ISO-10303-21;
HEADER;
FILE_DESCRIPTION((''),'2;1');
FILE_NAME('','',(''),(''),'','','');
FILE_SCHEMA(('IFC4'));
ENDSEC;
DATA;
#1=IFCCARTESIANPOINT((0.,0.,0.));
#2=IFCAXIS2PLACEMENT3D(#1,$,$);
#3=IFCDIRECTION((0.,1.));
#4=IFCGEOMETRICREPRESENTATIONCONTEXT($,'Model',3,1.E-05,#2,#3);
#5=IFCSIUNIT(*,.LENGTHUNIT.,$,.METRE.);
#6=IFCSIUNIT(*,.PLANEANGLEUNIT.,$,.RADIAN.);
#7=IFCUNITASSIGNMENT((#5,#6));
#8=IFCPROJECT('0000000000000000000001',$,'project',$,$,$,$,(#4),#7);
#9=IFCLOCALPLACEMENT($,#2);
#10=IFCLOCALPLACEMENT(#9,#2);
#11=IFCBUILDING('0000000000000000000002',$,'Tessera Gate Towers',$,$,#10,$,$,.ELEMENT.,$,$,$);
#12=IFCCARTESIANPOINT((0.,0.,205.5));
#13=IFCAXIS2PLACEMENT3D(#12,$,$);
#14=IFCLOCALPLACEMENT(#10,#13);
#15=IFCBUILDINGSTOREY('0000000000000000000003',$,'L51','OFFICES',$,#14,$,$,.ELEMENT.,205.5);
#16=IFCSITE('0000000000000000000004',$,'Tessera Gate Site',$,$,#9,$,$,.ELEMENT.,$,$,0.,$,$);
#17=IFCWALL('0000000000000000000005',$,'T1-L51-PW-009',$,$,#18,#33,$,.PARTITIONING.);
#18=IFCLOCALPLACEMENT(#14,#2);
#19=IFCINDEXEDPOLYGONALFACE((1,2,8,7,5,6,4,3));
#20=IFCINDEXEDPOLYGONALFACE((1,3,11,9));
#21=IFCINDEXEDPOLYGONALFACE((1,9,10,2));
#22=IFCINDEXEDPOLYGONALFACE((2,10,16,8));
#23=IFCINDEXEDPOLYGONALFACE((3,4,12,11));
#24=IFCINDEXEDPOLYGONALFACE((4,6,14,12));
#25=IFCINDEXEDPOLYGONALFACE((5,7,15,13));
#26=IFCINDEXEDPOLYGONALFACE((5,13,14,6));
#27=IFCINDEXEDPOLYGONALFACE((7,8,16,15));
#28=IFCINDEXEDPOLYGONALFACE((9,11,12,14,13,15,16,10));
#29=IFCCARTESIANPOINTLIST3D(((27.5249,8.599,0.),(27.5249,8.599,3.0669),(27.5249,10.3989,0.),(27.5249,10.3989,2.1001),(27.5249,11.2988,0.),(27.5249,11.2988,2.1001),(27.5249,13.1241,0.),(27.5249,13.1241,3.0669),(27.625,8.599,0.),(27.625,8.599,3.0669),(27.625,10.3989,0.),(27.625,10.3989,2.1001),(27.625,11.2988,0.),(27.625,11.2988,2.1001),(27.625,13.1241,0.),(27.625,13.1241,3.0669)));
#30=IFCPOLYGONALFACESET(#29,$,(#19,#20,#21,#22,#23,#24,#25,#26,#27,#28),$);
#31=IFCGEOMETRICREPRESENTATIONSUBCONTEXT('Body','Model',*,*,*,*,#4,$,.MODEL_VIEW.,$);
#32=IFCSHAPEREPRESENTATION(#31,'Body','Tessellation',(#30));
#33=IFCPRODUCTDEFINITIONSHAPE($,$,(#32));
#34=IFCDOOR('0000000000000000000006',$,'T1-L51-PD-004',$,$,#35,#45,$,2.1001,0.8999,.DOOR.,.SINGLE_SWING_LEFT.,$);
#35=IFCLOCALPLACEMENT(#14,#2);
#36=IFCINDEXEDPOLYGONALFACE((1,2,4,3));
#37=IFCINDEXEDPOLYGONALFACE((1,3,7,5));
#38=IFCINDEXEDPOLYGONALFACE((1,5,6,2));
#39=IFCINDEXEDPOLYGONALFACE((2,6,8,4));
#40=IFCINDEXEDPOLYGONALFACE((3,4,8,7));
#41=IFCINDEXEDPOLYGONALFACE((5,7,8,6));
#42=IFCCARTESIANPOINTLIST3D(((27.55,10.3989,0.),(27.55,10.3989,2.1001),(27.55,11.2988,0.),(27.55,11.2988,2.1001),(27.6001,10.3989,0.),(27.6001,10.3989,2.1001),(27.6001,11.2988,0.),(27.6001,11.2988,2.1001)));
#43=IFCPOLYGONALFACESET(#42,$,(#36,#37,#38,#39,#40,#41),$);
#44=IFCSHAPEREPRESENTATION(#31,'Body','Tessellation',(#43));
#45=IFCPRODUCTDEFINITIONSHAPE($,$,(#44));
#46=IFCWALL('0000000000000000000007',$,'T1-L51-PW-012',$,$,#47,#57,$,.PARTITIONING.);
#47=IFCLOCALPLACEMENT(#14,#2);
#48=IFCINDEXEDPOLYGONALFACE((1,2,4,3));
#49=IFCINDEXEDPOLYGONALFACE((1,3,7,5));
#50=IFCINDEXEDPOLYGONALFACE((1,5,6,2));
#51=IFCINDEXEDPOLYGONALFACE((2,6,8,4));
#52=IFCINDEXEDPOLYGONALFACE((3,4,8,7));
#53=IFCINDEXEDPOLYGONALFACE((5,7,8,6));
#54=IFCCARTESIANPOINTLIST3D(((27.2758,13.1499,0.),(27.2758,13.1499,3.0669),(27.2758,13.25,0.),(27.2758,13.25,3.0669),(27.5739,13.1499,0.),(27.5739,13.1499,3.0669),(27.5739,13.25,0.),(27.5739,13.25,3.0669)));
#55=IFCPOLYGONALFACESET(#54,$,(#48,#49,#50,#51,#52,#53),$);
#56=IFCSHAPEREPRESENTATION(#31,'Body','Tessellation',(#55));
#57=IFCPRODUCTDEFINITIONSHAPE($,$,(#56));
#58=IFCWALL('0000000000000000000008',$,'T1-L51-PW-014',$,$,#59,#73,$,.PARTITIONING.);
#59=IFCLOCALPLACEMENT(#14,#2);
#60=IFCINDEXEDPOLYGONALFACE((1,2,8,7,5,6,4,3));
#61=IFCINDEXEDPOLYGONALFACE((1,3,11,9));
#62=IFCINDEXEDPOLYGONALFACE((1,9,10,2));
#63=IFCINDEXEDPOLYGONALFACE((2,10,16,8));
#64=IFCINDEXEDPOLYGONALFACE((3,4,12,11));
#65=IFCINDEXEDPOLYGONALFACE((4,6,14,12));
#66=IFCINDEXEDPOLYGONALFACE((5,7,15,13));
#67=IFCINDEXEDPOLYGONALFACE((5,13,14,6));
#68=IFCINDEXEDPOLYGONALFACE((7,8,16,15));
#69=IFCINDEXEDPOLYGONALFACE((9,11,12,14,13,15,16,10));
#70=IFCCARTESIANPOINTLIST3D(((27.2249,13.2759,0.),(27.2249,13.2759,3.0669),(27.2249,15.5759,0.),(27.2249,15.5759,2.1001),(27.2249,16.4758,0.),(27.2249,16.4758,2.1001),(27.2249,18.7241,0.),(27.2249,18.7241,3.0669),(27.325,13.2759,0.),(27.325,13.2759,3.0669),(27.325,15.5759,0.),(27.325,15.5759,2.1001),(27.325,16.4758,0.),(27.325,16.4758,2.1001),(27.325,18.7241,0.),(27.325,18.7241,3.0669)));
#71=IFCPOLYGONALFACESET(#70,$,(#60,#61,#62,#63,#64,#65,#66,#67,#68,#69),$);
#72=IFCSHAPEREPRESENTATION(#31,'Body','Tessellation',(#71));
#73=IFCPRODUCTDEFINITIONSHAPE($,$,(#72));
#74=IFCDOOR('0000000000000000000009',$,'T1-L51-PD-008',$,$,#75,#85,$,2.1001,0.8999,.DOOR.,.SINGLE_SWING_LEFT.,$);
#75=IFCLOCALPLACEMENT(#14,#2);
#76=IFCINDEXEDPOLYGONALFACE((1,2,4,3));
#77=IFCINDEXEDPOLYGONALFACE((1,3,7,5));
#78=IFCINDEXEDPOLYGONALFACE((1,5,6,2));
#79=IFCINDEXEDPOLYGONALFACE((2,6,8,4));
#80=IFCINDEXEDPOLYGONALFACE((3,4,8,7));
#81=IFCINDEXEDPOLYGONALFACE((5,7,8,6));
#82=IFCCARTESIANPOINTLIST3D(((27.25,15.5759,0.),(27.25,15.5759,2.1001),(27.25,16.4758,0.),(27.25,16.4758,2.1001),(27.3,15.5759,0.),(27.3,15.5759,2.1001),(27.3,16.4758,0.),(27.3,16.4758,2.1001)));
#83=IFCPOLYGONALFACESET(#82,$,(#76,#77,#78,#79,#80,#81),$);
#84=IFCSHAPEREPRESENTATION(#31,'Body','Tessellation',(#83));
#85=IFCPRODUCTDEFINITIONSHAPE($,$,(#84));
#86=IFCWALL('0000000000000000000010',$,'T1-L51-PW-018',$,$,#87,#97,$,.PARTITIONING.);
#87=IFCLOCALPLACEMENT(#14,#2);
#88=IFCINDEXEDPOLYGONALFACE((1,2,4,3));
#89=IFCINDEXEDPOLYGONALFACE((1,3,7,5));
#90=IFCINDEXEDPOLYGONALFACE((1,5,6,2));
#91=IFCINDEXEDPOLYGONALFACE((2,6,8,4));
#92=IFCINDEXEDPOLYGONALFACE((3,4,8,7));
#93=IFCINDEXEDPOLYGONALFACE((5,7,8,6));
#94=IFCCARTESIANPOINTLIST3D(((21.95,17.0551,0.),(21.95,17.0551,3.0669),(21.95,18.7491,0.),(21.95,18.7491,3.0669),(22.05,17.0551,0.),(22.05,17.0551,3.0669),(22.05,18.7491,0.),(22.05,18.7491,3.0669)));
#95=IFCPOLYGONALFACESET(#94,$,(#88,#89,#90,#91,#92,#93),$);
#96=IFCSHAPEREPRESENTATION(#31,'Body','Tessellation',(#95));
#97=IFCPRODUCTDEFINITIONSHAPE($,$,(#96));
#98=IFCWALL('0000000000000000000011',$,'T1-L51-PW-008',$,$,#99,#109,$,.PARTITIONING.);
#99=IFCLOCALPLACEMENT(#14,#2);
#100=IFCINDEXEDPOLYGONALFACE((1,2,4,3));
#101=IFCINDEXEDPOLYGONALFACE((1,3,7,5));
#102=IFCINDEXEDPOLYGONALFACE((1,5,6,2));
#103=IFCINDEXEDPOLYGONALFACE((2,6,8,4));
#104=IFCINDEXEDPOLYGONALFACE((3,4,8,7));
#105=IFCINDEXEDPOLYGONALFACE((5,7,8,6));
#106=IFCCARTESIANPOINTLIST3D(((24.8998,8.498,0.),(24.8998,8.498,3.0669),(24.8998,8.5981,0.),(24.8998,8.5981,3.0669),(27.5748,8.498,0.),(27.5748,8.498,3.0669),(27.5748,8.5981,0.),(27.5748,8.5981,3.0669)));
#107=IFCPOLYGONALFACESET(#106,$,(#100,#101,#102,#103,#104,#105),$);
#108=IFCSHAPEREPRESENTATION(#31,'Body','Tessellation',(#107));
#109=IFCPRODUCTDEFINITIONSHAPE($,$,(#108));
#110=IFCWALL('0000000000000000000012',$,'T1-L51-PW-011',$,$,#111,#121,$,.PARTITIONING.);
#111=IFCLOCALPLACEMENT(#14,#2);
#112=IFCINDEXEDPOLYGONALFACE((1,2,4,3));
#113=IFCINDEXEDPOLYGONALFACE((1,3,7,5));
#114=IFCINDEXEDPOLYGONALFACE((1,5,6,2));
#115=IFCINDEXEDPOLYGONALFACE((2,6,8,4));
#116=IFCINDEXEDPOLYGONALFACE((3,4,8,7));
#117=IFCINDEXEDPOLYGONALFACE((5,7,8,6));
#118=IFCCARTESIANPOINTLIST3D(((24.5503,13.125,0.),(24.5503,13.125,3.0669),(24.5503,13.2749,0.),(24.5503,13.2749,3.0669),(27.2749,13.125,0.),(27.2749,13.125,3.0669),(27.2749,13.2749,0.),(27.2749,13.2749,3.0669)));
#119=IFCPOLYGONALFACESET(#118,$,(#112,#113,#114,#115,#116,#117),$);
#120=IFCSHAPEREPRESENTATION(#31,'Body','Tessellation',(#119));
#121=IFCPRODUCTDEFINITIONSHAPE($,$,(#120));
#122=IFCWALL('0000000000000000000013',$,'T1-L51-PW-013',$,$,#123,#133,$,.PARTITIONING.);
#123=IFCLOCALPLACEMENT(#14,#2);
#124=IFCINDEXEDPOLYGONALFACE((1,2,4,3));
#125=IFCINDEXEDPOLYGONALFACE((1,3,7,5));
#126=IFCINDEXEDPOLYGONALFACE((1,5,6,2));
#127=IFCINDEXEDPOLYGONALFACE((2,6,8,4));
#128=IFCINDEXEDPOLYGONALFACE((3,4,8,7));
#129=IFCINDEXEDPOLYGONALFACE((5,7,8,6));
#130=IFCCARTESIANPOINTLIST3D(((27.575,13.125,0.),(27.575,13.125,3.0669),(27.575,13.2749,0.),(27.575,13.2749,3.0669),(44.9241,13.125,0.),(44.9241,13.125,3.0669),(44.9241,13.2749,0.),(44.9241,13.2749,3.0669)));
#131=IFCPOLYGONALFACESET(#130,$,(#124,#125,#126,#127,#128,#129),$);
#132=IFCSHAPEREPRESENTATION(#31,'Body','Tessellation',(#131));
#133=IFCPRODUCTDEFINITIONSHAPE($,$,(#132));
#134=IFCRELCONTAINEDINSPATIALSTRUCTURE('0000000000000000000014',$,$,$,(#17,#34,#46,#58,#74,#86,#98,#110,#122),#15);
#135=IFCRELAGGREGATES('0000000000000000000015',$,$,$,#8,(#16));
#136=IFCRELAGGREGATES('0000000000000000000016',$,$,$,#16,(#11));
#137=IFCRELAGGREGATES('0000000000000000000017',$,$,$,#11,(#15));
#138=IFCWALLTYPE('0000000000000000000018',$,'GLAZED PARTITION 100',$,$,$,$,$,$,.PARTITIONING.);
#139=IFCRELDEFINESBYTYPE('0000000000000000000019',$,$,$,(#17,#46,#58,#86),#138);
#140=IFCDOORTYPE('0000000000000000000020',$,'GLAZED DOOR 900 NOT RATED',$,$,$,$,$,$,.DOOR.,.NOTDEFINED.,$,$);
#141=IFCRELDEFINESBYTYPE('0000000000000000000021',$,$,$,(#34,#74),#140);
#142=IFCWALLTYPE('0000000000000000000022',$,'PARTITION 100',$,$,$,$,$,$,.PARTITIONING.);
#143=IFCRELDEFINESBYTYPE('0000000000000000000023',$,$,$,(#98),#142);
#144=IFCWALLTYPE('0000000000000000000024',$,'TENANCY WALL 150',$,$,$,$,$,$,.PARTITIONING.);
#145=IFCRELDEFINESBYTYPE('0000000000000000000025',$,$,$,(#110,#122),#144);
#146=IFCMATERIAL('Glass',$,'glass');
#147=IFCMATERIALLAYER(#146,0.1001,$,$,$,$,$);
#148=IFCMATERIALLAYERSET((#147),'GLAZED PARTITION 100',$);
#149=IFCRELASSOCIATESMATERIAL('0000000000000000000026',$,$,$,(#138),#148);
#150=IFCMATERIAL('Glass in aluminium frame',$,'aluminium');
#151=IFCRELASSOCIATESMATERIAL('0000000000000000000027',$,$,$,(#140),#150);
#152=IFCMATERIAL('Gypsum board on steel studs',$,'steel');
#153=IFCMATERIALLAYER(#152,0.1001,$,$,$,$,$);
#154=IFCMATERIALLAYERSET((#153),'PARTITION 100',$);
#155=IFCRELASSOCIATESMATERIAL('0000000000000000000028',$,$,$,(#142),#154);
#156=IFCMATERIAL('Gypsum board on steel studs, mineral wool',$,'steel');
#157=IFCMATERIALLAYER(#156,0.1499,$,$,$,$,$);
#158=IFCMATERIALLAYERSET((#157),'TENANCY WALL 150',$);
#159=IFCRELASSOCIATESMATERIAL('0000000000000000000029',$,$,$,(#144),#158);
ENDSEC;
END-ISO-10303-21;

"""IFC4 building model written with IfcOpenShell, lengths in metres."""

from ifc_helpers import new_model, si_unit, direction, frame, frame_2d, origin, place, context, subcontext, project, spatial, rectangle, extrude, source, transform, mapped, material, layer, layer_set, type_object, element, fill, save


model = new_model("IFC4")

# Units and contexts
model_context = context("Model", 3, precision=1e-05, world=origin(), true_north=direction((0.0, 1.0)))
body_context = subcontext(model_context, "Body", "Model", "MODEL_VIEW")
ifc_project = project(units=[si_unit("LENGTHUNIT", "METRE"), si_unit("PLANEANGLEUNIT", "RADIAN")], contexts=[model_context])

# Site, building, storey
site_placement = place(None, origin())
site = spatial("IfcSite", under=ifc_project, at=site_placement, Name="Tessera Gate Site", CompositionType="ELEMENT", RefElevation=0.0)
building_placement = place(site_placement, origin())
building = spatial("IfcBuilding", under=site, at=building_placement, Name="Tessera Gate Towers", CompositionType="ELEMENT")
storey_placement = place(building_placement, frame((0.0, 0.0, 205.5)))
storey = spatial("IfcBuildingStorey", under=building, at=storey_placement, Name="L51", Description="OFFICES", CompositionType="ELEMENT", Elevation=205.5)

# Shared definitions
ifc_material_1 = material(Name="Glass", Category="glass")
ifc_layer_1 = layer(ifc_material_1, 0.1001)
ifc_layer_set_1 = layer_set([ifc_layer_1], Name="GLAZED PARTITION 100")
wall_type_1 = type_object("IfcWallType", Name="GLAZED PARTITION 100", PredefinedType="PARTITIONING", material=ifc_layer_set_1)

# Wall, opening, door
shared_shape_1 = source(origin(), body_context, "Body", "SweptSolid", [
    extrude(rectangle(XDim=0.8999, YDim=2.1001, at=frame_2d((0.45, 1.05))), frame((0.0, 0.0601, 0.0), z_axis=(0.0, -1.0, 0.0), x_axis=(1.0, 0.0, 0.0)), (0.0, 0.0, 1.0), 0.1201),
])
ifc_material_2 = material(Name="Glass in aluminium frame", Category="aluminium")
door_type = type_object("IfcDoorType", Name="GLAZED DOOR 900 NOT RATED", OperationType="NOTDEFINED", PredefinedType="DOOR", material=ifc_material_2)
shared_shape_2 = source(origin(), body_context, "Body", "SweptSolid", [
    extrude(rectangle(XDim=0.8999, YDim=2.1001, at=frame_2d((0.45, 1.05))), frame((0.0, 0.0249, 0.0), z_axis=(0.0, -1.0, 0.0), x_axis=(1.0, 0.0, 0.0)), (0.0, 0.0, 1.0), 0.05),
])
wall_1_placement = place(storey_placement, frame((27.575, 8.5989, 0.0), z_axis=(0.0, 0.0, 1.0), x_axis=(0.0, 1.0, 0.0)))
wall_1 = element("IfcWall", 1, at=wall_1_placement, inside=storey, type_object=wall_type_1, Name="T1-L51-PW-009", PredefinedType="PARTITIONING", context=body_context, shape_type="SweptSolid", body=[
    extrude(rectangle(XDim=4.5251, YDim=0.1001, at=frame_2d((2.2627, 0.0))), origin(), (0.0, 0.0, 1.0), 3.0669),
])
opening_1_placement = place(wall_1_placement, frame((1.8, 0.0, 0.0)))
opening_1 = element("IfcOpeningElement", 2, at=opening_1_placement, cuts=wall_1, PredefinedType="OPENING", context=body_context, shape_type="MappedRepresentation", body=[
    mapped(shared_shape_1, transform((0.0, 0.0, 0.0), scale=1.0)),
])
door_1_placement = place(opening_1_placement, origin())
door_1 = element("IfcDoor", 3, at=door_1_placement, inside=storey, type_object=door_type, Name="T1-L51-PD-004", OperationType="SINGLE_SWING_LEFT", OverallHeight=2.1001, OverallWidth=0.8999, PredefinedType="DOOR", context=body_context, shape_type="MappedRepresentation", body=[
    mapped(shared_shape_2, transform((0.0, 0.0, 0.0), scale=1.0)),
])
fill(opening_1, door_1)

# Wall
wall_2_placement = place(storey_placement, frame((27.2759, 13.2, 0.0), z_axis=(0.0, 0.0, 1.0), x_axis=(1.0, 0.0, 0.0)))
element("IfcWall", 4, at=wall_2_placement, inside=storey, type_object=wall_type_1, Name="T1-L51-PW-012", PredefinedType="PARTITIONING", context=body_context, shape_type="SweptSolid", body=[
    extrude(rectangle(XDim=0.2981, YDim=0.1001, at=frame_2d((0.1489, 0.0))), origin(), (0.0, 0.0, 1.0), 3.0669),
])

# Wall, opening, door
wall_3_placement = place(storey_placement, frame((27.2749, 13.2759, 0.0), z_axis=(0.0, 0.0, 1.0), x_axis=(0.0, 1.0, 0.0)))
wall_3 = element("IfcWall", 5, at=wall_3_placement, inside=storey, type_object=wall_type_1, Name="T1-L51-PW-014", PredefinedType="PARTITIONING", context=body_context, shape_type="SweptSolid", body=[
    extrude(rectangle(XDim=5.4482, YDim=0.1001, at=frame_2d((2.7241, 0.0))), origin(), (0.0, 0.0, 1.0), 3.0669),
])
opening_2_placement = place(wall_3_placement, frame((2.3, 0.0, 0.0)))
opening_2 = element("IfcOpeningElement", 6, at=opening_2_placement, cuts=wall_3, PredefinedType="OPENING", context=body_context, shape_type="MappedRepresentation", body=[
    mapped(shared_shape_1, transform((0.0, 0.0, 0.0), scale=1.0)),
])
door_2_placement = place(opening_2_placement, origin())
door_2 = element("IfcDoor", 7, at=door_2_placement, inside=storey, type_object=door_type, Name="T1-L51-PD-008", OperationType="SINGLE_SWING_LEFT", OverallHeight=2.1001, OverallWidth=0.8999, PredefinedType="DOOR", context=body_context, shape_type="MappedRepresentation", body=[
    mapped(shared_shape_2, transform((0.0, 0.0, 0.0), scale=1.0)),
])
fill(opening_2, door_2)

# Walls
wall_4_placement = place(storey_placement, frame((22.0, 17.0549, 0.0), z_axis=(0.0, 0.0, 1.0), x_axis=(0.0, 1.0, 0.0)))
element("IfcWall", 8, at=wall_4_placement, inside=storey, type_object=wall_type_1, Name="T1-L51-PW-018", PredefinedType="PARTITIONING", context=body_context, shape_type="SweptSolid", body=[
    extrude(rectangle(XDim=1.6941, YDim=0.1001, at=frame_2d((0.8472, 0.0))), origin(), (0.0, 0.0, 1.0), 3.0669),
])
ifc_material_3 = material(Name="Gypsum board on steel studs", Category="steel")
ifc_layer_2 = layer(ifc_material_3, 0.1001)
ifc_layer_set_2 = layer_set([ifc_layer_2], Name="PARTITION 100")
wall_type_2 = type_object("IfcWallType", Name="PARTITION 100", PredefinedType="PARTITIONING", material=ifc_layer_set_2)
wall_5_placement = place(storey_placement, frame((24.8999, 8.5481, 0.0), z_axis=(0.0, 0.0, 1.0), x_axis=(1.0, 0.0, 0.0)))
element("IfcWall", 9, at=wall_5_placement, inside=storey, type_object=wall_type_2, Name="T1-L51-PW-008", PredefinedType="PARTITIONING", context=body_context, shape_type="SweptSolid", body=[
    extrude(rectangle(XDim=2.675, YDim=0.1001, at=frame_2d((1.3374, 0.0))), origin(), (0.0, 0.0, 1.0), 3.0669),
])
ifc_material_4 = material(Name="Gypsum board on steel studs, mineral wool", Category="steel")
ifc_layer_3 = layer(ifc_material_4, 0.1499)
ifc_layer_set_3 = layer_set([ifc_layer_3], Name="TENANCY WALL 150")
wall_type_3 = type_object("IfcWallType", Name="TENANCY WALL 150", PredefinedType="PARTITIONING", material=ifc_layer_set_3)
wall_6_placement = place(storey_placement, frame((24.5503, 13.2, 0.0), z_axis=(0.0, 0.0, 1.0), x_axis=(1.0, 0.0, 0.0)))
element("IfcWall", 10, at=wall_6_placement, inside=storey, type_object=wall_type_3, Name="T1-L51-PW-011", PredefinedType="PARTITIONING", context=body_context, shape_type="SweptSolid", body=[
    extrude(rectangle(XDim=2.7246, YDim=0.1499, at=frame_2d((1.3623, 0.0))), origin(), (0.0, 0.0, 1.0), 3.0669),
])
wall_7_placement = place(storey_placement, frame((27.575, 13.2, 0.0), z_axis=(0.0, 0.0, 1.0), x_axis=(1.0, 0.0, 0.0)))
element("IfcWall", 11, at=wall_7_placement, inside=storey, type_object=wall_type_3, Name="T1-L51-PW-013", PredefinedType="PARTITIONING", context=body_context, shape_type="SweptSolid", body=[
    extrude(rectangle(XDim=17.3491, YDim=0.1499, at=frame_2d((8.6746, 0.0))), origin(), (0.0, 0.0, 1.0), 3.0669),
])

save(model, "model.ifc")
